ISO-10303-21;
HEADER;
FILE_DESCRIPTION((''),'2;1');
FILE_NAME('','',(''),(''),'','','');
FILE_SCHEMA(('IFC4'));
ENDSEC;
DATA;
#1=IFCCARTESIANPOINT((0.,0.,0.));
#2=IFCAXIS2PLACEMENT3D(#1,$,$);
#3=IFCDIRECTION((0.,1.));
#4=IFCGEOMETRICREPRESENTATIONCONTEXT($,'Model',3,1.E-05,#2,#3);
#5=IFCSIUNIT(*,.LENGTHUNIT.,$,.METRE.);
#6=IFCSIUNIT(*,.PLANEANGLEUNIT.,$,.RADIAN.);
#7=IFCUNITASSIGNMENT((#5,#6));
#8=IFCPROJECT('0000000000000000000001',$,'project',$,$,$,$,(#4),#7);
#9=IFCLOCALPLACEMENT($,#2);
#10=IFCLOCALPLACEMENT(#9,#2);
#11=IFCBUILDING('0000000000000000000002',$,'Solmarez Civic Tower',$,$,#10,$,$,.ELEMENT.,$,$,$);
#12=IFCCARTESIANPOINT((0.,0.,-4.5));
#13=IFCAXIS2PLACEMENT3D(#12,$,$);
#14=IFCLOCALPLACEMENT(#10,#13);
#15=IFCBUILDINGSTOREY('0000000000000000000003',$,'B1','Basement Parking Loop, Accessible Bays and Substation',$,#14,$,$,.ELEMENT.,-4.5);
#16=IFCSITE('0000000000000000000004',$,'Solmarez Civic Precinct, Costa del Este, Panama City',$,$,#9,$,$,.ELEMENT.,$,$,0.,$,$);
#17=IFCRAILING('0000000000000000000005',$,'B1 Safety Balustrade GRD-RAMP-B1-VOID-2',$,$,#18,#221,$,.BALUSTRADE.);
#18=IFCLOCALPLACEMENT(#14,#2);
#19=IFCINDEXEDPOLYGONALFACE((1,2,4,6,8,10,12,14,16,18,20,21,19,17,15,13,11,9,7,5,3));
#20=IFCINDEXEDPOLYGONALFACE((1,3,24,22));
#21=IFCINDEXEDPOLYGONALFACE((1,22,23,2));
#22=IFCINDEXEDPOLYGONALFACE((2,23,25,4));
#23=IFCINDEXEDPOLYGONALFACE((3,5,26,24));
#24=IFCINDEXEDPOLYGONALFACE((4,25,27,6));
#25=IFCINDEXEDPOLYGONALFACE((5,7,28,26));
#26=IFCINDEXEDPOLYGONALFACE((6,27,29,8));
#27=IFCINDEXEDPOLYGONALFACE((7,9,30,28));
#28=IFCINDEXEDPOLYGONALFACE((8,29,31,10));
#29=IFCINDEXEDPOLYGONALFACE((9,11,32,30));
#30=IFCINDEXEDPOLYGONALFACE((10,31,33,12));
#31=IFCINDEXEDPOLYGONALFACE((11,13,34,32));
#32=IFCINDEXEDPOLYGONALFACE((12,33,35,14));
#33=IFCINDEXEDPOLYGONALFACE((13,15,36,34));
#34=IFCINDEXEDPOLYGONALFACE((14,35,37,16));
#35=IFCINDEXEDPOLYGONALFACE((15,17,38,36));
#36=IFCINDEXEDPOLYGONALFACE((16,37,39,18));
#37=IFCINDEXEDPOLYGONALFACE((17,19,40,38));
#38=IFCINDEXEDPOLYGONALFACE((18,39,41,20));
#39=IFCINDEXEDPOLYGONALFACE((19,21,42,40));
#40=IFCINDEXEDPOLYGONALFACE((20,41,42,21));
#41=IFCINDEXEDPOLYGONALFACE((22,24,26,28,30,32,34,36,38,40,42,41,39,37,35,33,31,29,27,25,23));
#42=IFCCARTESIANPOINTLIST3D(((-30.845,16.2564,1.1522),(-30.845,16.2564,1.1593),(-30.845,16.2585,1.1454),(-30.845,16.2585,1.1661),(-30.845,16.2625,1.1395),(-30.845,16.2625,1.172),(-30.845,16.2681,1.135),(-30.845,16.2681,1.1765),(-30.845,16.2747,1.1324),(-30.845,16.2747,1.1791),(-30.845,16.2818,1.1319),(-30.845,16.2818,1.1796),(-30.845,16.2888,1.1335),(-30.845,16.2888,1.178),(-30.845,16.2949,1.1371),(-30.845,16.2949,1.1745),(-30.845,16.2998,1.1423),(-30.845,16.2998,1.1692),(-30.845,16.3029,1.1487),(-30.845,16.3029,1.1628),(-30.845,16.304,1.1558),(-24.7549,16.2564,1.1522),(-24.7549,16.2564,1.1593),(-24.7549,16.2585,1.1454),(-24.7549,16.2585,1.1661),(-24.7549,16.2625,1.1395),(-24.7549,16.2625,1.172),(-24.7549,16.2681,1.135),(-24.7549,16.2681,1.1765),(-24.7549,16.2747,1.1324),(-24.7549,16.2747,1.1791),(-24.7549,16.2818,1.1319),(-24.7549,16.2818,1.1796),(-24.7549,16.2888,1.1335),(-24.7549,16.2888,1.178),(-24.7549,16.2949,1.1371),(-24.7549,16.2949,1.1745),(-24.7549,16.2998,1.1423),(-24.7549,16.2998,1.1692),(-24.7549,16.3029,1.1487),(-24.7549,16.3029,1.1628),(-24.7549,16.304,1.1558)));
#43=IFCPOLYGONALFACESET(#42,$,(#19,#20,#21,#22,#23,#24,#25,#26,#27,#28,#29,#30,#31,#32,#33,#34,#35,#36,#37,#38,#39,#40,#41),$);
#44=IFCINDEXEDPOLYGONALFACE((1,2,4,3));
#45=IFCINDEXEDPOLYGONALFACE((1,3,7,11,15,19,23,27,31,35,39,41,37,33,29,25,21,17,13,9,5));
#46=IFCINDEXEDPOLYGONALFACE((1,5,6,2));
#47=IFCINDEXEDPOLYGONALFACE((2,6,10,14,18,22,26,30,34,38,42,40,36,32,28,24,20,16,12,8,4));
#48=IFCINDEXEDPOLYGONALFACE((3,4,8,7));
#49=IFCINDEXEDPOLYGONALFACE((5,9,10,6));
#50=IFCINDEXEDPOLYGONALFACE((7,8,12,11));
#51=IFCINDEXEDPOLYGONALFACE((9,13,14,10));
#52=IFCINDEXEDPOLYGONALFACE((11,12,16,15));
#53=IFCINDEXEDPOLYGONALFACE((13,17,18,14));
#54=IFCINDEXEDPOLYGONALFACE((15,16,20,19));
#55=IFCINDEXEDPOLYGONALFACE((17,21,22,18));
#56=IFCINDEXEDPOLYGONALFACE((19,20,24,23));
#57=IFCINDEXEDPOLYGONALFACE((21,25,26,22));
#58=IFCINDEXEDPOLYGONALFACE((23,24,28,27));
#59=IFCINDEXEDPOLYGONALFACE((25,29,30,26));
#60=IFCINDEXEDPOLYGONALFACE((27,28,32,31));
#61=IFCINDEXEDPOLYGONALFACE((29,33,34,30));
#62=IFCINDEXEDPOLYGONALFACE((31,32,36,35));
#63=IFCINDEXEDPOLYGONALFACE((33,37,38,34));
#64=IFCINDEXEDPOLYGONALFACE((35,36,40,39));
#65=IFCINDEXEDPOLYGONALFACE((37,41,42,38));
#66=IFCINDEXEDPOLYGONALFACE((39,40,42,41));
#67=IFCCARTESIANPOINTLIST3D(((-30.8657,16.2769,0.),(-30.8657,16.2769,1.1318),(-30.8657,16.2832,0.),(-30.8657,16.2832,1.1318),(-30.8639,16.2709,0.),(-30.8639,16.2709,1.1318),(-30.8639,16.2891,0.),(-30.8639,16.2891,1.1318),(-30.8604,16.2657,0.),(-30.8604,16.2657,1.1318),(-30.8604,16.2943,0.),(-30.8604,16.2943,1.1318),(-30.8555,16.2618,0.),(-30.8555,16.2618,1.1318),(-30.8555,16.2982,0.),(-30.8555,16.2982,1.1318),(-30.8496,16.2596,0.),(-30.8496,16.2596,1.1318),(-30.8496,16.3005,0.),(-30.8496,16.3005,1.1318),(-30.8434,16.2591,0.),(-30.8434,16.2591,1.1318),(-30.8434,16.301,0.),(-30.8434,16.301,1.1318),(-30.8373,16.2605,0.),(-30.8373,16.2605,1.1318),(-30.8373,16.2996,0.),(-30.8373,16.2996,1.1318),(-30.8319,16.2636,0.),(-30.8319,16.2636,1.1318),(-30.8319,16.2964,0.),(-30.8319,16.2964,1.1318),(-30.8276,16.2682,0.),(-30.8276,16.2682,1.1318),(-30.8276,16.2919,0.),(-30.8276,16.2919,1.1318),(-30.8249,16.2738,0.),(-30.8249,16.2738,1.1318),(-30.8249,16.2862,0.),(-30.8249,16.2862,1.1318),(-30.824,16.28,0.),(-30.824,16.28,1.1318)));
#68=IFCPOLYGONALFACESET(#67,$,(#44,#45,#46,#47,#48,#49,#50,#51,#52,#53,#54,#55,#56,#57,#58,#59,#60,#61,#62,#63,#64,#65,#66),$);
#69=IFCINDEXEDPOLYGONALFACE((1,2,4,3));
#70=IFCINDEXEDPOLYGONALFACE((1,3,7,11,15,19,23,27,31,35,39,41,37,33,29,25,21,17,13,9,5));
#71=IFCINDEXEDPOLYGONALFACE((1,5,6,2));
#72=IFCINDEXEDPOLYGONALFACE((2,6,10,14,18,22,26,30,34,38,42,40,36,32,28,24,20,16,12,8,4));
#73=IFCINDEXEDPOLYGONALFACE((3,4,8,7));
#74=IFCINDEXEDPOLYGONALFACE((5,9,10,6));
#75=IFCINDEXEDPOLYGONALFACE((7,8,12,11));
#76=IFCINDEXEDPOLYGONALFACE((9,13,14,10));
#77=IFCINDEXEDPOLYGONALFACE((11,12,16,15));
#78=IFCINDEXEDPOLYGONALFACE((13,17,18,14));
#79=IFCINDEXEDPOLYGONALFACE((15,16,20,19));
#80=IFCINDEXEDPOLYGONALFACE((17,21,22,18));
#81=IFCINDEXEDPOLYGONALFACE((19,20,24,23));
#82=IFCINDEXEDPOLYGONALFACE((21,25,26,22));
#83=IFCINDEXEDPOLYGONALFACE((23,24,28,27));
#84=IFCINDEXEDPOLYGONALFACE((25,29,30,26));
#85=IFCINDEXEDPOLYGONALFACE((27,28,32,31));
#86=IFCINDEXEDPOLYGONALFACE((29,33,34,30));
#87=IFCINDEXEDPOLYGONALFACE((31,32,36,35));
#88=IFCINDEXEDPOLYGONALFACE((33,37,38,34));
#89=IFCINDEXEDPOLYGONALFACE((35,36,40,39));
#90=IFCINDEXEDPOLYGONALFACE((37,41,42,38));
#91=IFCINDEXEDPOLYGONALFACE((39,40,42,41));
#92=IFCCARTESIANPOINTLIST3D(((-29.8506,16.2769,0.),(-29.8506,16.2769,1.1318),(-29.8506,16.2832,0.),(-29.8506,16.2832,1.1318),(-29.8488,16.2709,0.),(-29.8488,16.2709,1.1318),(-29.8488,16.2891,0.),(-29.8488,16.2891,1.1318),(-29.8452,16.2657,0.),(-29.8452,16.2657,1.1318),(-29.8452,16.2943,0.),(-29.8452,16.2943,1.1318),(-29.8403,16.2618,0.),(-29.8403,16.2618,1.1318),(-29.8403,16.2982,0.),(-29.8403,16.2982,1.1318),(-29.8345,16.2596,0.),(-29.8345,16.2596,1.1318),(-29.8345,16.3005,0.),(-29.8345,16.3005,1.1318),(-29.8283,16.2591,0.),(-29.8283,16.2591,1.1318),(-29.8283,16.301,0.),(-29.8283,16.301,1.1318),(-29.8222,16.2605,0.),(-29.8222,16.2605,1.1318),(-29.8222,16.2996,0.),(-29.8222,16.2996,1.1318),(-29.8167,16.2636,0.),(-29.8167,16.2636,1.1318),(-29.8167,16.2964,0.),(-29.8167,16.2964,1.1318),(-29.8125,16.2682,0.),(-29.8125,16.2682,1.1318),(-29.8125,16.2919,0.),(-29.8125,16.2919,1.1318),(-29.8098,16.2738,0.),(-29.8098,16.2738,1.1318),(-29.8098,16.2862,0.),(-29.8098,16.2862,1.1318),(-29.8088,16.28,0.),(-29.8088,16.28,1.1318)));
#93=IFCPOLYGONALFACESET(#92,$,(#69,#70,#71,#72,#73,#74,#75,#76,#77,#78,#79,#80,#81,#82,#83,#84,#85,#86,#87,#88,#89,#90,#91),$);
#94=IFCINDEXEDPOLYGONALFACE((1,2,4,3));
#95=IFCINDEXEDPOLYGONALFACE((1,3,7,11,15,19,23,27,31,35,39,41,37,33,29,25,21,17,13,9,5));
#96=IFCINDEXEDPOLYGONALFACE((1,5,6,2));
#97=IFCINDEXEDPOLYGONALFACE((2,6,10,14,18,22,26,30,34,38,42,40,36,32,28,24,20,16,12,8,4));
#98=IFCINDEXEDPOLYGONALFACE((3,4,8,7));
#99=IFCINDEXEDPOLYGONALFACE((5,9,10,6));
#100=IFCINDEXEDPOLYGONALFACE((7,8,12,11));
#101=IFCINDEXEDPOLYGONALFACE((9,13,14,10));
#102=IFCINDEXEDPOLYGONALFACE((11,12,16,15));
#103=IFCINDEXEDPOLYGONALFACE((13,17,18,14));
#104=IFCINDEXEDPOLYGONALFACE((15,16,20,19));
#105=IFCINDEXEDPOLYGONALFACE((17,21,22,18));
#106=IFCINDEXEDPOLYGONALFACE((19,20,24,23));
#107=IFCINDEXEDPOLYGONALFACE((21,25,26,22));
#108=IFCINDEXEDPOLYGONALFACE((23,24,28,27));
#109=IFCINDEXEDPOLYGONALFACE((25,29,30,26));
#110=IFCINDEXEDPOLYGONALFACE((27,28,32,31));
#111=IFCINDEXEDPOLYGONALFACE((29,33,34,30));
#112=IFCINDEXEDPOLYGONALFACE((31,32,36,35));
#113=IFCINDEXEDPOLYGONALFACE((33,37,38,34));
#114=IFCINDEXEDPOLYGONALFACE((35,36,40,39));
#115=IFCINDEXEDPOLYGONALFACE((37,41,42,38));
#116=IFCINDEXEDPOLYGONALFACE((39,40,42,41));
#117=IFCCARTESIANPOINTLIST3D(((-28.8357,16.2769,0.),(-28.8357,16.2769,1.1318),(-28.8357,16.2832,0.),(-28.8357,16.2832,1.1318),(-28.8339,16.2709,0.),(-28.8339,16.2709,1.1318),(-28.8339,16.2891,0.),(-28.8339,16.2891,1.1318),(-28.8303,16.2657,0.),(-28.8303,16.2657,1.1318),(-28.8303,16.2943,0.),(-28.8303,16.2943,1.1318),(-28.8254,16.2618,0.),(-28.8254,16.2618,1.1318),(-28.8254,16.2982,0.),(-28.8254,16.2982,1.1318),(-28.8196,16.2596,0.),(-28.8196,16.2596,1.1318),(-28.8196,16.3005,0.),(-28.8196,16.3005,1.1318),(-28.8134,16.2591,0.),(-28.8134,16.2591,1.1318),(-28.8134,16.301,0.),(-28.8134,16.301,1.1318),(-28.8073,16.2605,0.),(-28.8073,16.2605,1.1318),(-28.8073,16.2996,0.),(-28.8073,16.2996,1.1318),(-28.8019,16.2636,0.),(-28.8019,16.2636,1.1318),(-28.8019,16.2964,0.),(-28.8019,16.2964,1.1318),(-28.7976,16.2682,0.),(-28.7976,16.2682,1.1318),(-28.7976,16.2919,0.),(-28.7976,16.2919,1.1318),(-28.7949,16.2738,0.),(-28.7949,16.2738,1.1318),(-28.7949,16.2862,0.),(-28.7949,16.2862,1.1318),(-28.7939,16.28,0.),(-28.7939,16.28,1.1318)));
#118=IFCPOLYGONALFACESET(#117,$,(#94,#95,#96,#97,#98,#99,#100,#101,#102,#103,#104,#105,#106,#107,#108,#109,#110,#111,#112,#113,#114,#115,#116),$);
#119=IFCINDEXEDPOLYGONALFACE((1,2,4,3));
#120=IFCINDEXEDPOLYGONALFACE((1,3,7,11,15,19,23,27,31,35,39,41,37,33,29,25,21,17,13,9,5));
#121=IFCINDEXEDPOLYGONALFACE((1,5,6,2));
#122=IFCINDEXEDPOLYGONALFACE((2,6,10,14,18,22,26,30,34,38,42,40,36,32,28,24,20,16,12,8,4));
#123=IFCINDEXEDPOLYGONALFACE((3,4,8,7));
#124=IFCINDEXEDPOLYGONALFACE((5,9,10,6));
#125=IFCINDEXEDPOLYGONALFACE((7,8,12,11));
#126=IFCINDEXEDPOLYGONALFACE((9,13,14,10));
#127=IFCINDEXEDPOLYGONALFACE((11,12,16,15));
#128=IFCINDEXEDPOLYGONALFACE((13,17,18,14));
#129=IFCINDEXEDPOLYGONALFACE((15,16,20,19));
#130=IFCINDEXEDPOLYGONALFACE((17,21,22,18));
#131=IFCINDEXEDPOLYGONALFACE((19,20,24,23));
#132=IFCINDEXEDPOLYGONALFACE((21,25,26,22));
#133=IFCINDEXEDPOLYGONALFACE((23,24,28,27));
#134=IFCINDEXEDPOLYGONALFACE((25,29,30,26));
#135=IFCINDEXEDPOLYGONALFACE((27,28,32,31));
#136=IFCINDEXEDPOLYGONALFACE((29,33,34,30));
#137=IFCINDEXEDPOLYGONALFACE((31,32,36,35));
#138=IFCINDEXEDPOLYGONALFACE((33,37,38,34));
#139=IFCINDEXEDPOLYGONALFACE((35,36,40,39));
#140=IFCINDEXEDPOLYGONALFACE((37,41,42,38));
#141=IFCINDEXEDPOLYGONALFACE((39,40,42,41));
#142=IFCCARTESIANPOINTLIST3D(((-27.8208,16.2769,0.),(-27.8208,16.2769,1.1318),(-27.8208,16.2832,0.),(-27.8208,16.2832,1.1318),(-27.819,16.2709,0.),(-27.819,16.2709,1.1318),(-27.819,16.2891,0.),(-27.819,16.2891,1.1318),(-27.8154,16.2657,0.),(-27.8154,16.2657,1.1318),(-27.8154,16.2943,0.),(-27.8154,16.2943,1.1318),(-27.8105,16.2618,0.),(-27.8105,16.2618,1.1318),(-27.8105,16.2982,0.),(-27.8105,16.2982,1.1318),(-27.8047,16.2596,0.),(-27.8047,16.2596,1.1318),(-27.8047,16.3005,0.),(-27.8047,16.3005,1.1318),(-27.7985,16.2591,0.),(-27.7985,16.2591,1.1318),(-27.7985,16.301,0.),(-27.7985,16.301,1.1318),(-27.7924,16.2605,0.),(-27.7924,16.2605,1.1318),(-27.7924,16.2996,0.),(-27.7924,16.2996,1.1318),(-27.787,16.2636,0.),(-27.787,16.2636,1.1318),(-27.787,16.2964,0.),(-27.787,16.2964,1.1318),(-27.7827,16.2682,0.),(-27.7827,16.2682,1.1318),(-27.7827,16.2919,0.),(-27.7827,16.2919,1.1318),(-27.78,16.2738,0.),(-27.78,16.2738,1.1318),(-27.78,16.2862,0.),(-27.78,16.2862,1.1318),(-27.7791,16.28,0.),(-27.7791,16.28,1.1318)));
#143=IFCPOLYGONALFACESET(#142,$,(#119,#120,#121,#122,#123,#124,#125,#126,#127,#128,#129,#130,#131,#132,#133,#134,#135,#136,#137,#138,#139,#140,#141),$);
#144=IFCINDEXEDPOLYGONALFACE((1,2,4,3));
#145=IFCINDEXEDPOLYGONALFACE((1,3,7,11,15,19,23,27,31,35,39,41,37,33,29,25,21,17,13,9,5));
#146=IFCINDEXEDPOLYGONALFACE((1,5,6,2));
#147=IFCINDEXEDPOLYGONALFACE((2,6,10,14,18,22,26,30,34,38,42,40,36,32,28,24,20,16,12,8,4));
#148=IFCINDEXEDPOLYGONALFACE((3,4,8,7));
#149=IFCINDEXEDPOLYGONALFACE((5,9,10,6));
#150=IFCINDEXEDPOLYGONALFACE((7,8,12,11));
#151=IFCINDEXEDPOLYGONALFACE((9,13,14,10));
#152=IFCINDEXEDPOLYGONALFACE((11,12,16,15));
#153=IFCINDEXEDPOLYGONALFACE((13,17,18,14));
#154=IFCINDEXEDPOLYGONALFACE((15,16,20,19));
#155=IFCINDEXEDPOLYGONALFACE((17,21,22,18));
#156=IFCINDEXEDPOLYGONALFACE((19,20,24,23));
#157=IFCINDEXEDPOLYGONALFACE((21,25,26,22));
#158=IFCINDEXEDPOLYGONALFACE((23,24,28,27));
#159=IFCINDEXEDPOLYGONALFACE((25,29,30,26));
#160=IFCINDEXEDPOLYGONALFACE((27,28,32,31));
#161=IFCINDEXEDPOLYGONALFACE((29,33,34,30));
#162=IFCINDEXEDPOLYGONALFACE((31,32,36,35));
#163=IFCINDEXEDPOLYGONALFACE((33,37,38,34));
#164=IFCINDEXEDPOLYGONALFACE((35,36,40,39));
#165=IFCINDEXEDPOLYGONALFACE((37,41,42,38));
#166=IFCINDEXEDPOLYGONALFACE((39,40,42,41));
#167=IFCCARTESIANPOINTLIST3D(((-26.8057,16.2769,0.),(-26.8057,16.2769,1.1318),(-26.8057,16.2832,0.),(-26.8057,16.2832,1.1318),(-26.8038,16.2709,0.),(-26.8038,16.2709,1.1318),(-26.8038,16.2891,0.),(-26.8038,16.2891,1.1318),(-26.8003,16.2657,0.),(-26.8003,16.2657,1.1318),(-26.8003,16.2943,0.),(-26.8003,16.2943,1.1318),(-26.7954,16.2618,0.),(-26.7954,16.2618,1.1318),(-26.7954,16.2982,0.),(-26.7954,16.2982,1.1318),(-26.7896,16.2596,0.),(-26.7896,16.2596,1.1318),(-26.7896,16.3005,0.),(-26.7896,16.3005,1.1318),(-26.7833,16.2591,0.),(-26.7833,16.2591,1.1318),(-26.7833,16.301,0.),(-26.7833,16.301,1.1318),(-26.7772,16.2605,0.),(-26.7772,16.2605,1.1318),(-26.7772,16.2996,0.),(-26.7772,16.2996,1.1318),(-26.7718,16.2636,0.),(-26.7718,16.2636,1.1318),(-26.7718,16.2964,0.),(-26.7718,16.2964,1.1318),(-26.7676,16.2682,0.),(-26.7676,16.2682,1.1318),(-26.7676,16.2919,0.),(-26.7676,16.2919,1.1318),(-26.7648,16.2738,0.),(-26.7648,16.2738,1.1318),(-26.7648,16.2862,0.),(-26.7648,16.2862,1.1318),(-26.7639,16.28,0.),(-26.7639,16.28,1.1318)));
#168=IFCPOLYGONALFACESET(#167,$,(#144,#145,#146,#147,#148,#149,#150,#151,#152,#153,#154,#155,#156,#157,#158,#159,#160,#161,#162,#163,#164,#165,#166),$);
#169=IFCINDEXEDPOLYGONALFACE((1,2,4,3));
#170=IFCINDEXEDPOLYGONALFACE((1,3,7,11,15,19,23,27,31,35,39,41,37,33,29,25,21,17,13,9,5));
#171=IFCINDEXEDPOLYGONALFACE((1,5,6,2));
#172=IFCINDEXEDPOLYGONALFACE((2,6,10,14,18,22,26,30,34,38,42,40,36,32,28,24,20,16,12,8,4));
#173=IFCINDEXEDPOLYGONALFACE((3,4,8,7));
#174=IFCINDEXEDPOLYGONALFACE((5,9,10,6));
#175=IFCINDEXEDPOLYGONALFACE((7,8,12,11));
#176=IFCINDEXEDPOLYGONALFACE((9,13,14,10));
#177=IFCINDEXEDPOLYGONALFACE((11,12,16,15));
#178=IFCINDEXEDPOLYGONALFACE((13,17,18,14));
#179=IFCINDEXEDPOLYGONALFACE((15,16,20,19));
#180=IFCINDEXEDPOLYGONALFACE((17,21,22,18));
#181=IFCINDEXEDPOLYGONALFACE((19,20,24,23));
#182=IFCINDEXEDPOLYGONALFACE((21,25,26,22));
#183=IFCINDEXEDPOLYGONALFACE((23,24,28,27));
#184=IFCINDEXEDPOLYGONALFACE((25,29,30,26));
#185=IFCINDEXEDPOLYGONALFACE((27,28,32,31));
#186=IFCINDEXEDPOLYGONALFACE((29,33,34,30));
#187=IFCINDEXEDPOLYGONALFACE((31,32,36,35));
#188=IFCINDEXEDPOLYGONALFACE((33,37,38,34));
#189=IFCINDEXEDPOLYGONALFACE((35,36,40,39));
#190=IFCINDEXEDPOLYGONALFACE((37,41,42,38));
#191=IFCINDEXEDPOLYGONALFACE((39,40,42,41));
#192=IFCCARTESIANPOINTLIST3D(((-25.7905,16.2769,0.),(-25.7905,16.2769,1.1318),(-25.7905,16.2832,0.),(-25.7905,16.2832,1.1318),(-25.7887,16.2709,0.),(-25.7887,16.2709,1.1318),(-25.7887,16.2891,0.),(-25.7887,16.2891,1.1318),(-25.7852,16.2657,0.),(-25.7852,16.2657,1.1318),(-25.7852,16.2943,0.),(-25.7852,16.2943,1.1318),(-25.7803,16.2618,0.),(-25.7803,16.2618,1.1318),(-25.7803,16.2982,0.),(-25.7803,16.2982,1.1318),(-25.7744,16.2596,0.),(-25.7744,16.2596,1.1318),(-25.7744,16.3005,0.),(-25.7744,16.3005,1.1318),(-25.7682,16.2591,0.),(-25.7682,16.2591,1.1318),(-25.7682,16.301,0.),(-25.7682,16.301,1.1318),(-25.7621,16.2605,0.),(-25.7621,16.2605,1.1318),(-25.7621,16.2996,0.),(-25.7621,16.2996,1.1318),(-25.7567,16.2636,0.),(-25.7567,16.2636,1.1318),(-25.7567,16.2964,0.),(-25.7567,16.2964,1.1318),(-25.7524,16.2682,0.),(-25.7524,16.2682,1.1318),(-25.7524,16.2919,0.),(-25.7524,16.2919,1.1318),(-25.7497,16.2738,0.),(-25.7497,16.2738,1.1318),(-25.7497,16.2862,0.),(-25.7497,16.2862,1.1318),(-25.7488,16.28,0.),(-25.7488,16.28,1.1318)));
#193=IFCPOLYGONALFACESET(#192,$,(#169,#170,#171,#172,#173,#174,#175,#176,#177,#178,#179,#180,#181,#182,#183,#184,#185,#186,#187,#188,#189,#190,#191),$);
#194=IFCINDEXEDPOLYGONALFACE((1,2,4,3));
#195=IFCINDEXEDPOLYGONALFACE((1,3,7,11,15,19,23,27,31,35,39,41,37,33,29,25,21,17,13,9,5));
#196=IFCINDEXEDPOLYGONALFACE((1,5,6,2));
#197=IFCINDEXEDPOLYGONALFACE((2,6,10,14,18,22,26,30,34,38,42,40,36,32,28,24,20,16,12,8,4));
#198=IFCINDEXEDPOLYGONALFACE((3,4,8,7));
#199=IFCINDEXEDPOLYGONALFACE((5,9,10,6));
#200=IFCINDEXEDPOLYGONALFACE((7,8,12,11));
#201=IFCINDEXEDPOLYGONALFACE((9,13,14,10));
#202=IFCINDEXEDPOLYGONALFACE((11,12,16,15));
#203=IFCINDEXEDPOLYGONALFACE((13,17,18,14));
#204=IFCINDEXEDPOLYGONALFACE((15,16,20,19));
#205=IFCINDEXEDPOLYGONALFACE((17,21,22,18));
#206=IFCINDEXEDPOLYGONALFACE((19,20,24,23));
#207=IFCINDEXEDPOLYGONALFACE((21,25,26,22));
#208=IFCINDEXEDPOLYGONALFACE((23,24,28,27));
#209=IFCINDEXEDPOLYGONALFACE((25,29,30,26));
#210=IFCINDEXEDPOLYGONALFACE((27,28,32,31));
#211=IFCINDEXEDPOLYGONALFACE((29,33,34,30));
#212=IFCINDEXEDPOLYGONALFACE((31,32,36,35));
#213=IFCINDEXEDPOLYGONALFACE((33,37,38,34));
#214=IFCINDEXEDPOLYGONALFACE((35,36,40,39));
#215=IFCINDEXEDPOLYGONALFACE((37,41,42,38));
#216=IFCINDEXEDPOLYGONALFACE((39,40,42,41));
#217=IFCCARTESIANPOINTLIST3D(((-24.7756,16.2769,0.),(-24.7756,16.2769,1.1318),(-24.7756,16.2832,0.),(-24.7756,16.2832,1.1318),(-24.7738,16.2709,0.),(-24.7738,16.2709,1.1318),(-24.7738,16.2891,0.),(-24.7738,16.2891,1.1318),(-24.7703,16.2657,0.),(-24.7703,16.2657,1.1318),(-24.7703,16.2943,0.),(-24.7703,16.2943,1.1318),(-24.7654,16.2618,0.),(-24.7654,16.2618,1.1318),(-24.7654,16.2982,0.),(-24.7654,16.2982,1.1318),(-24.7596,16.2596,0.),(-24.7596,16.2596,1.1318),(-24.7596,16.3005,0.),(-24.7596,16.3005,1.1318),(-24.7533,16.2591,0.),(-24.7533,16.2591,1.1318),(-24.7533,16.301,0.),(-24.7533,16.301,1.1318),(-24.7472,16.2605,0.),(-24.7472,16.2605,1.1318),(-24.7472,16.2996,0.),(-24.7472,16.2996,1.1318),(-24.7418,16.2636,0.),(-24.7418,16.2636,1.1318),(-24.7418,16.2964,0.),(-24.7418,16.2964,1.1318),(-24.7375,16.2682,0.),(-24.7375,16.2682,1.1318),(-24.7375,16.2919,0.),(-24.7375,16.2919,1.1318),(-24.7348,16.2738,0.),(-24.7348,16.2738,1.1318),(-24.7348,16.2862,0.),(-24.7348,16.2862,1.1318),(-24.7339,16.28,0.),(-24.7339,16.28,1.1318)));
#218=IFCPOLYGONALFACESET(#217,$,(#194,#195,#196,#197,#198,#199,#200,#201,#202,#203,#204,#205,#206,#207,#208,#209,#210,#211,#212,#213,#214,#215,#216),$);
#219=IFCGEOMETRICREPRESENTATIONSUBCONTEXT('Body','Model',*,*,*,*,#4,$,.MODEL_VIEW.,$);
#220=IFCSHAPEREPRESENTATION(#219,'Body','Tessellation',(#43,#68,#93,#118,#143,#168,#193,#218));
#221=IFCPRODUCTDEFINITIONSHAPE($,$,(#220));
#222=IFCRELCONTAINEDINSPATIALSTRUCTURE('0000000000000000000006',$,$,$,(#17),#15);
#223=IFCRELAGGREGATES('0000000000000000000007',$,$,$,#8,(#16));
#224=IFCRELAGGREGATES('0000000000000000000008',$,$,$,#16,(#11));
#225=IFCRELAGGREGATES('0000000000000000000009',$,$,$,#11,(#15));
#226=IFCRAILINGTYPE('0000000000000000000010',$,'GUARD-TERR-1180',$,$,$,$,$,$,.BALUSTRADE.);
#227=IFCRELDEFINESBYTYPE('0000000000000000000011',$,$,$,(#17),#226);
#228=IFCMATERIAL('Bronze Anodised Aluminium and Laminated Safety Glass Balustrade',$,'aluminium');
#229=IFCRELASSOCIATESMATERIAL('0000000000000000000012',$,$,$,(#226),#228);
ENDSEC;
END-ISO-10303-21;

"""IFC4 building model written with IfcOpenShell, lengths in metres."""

from ifc_helpers import new_model, si_unit, direction, frame, origin, origin_2d, place, context, subcontext, project, spatial, circle, extrude, material, type_object, element, save


model = new_model("IFC4")

# Units and contexts
model_context = context("Model", 3, precision=1e-05, world=origin(), true_north=direction((0.0, 1.0)))
body_context = subcontext(model_context, "Body", "Model", "MODEL_VIEW")
ifc_project = project(units=[si_unit("LENGTHUNIT", "METRE"), si_unit("PLANEANGLEUNIT", "RADIAN")], contexts=[model_context])

# Site, building, storey
site_placement = place(None, origin())
site = spatial("IfcSite", under=ifc_project, at=site_placement, Name="Solmarez Civic Precinct, Costa del Este, Panama City", CompositionType="ELEMENT", RefElevation=0.0)
building_placement = place(site_placement, origin())
building = spatial("IfcBuilding", under=site, at=building_placement, Name="Solmarez Civic Tower", CompositionType="ELEMENT")
storey_placement = place(building_placement, frame((0.0, 0.0, -4.5)))
storey = spatial("IfcBuildingStorey", under=building, at=storey_placement, Name="B1", Description="Basement Parking Loop, Accessible Bays and Substation", CompositionType="ELEMENT", Elevation=-4.5)

# Railing
ifc_material_1 = material(Name="Bronze Anodised Aluminium and Laminated Safety Glass Balustrade", Category="aluminium")
railing_type = type_object("IfcRailingType", Name="GUARD-TERR-1180", PredefinedType="BALUSTRADE", material=ifc_material_1)
railing_1_placement = place(storey_placement, frame((-30.845, 16.28, 0.0)))
element("IfcRailing", 1, at=railing_1_placement, inside=storey, type_object=railing_type, Name="B1 Safety Balustrade GRD-RAMP-B1-VOID-2", PredefinedType="BALUSTRADE", context=body_context, shape_type="SweptSolid", body=[
    extrude(circle(Radius=0.0239, at=origin_2d()), frame((0.0, 0.0, 1.1558), z_axis=(1.0, 0.0, 0.0), x_axis=(0.0, 1.0, 0.0)), (0.0, 0.0, 1.0), 6.0901),
    extrude(circle(Radius=0.021, at=origin_2d()), origin(), (0.0, 0.0, 1.0), 1.1318),
    extrude(circle(Radius=0.021, at=origin_2d()), frame((1.0151, 0.0, 0.0)), (0.0, 0.0, 1.0), 1.1318),
    extrude(circle(Radius=0.021, at=origin_2d()), frame((2.03, 0.0, 0.0)), (0.0, 0.0, 1.0), 1.1318),
    extrude(circle(Radius=0.021, at=origin_2d()), frame((3.0449, 0.0, 0.0)), (0.0, 0.0, 1.0), 1.1318),
    extrude(circle(Radius=0.021, at=origin_2d()), frame((4.0601, 0.0, 0.0)), (0.0, 0.0, 1.0), 1.1318),
    extrude(circle(Radius=0.021, at=origin_2d()), frame((5.0752, 0.0, 0.0)), (0.0, 0.0, 1.0), 1.1318),
    extrude(circle(Radius=0.021, at=origin_2d()), frame((6.0901, 0.0, 0.0)), (0.0, 0.0, 1.0), 1.1318),
])

save(model, "model.ifc")
